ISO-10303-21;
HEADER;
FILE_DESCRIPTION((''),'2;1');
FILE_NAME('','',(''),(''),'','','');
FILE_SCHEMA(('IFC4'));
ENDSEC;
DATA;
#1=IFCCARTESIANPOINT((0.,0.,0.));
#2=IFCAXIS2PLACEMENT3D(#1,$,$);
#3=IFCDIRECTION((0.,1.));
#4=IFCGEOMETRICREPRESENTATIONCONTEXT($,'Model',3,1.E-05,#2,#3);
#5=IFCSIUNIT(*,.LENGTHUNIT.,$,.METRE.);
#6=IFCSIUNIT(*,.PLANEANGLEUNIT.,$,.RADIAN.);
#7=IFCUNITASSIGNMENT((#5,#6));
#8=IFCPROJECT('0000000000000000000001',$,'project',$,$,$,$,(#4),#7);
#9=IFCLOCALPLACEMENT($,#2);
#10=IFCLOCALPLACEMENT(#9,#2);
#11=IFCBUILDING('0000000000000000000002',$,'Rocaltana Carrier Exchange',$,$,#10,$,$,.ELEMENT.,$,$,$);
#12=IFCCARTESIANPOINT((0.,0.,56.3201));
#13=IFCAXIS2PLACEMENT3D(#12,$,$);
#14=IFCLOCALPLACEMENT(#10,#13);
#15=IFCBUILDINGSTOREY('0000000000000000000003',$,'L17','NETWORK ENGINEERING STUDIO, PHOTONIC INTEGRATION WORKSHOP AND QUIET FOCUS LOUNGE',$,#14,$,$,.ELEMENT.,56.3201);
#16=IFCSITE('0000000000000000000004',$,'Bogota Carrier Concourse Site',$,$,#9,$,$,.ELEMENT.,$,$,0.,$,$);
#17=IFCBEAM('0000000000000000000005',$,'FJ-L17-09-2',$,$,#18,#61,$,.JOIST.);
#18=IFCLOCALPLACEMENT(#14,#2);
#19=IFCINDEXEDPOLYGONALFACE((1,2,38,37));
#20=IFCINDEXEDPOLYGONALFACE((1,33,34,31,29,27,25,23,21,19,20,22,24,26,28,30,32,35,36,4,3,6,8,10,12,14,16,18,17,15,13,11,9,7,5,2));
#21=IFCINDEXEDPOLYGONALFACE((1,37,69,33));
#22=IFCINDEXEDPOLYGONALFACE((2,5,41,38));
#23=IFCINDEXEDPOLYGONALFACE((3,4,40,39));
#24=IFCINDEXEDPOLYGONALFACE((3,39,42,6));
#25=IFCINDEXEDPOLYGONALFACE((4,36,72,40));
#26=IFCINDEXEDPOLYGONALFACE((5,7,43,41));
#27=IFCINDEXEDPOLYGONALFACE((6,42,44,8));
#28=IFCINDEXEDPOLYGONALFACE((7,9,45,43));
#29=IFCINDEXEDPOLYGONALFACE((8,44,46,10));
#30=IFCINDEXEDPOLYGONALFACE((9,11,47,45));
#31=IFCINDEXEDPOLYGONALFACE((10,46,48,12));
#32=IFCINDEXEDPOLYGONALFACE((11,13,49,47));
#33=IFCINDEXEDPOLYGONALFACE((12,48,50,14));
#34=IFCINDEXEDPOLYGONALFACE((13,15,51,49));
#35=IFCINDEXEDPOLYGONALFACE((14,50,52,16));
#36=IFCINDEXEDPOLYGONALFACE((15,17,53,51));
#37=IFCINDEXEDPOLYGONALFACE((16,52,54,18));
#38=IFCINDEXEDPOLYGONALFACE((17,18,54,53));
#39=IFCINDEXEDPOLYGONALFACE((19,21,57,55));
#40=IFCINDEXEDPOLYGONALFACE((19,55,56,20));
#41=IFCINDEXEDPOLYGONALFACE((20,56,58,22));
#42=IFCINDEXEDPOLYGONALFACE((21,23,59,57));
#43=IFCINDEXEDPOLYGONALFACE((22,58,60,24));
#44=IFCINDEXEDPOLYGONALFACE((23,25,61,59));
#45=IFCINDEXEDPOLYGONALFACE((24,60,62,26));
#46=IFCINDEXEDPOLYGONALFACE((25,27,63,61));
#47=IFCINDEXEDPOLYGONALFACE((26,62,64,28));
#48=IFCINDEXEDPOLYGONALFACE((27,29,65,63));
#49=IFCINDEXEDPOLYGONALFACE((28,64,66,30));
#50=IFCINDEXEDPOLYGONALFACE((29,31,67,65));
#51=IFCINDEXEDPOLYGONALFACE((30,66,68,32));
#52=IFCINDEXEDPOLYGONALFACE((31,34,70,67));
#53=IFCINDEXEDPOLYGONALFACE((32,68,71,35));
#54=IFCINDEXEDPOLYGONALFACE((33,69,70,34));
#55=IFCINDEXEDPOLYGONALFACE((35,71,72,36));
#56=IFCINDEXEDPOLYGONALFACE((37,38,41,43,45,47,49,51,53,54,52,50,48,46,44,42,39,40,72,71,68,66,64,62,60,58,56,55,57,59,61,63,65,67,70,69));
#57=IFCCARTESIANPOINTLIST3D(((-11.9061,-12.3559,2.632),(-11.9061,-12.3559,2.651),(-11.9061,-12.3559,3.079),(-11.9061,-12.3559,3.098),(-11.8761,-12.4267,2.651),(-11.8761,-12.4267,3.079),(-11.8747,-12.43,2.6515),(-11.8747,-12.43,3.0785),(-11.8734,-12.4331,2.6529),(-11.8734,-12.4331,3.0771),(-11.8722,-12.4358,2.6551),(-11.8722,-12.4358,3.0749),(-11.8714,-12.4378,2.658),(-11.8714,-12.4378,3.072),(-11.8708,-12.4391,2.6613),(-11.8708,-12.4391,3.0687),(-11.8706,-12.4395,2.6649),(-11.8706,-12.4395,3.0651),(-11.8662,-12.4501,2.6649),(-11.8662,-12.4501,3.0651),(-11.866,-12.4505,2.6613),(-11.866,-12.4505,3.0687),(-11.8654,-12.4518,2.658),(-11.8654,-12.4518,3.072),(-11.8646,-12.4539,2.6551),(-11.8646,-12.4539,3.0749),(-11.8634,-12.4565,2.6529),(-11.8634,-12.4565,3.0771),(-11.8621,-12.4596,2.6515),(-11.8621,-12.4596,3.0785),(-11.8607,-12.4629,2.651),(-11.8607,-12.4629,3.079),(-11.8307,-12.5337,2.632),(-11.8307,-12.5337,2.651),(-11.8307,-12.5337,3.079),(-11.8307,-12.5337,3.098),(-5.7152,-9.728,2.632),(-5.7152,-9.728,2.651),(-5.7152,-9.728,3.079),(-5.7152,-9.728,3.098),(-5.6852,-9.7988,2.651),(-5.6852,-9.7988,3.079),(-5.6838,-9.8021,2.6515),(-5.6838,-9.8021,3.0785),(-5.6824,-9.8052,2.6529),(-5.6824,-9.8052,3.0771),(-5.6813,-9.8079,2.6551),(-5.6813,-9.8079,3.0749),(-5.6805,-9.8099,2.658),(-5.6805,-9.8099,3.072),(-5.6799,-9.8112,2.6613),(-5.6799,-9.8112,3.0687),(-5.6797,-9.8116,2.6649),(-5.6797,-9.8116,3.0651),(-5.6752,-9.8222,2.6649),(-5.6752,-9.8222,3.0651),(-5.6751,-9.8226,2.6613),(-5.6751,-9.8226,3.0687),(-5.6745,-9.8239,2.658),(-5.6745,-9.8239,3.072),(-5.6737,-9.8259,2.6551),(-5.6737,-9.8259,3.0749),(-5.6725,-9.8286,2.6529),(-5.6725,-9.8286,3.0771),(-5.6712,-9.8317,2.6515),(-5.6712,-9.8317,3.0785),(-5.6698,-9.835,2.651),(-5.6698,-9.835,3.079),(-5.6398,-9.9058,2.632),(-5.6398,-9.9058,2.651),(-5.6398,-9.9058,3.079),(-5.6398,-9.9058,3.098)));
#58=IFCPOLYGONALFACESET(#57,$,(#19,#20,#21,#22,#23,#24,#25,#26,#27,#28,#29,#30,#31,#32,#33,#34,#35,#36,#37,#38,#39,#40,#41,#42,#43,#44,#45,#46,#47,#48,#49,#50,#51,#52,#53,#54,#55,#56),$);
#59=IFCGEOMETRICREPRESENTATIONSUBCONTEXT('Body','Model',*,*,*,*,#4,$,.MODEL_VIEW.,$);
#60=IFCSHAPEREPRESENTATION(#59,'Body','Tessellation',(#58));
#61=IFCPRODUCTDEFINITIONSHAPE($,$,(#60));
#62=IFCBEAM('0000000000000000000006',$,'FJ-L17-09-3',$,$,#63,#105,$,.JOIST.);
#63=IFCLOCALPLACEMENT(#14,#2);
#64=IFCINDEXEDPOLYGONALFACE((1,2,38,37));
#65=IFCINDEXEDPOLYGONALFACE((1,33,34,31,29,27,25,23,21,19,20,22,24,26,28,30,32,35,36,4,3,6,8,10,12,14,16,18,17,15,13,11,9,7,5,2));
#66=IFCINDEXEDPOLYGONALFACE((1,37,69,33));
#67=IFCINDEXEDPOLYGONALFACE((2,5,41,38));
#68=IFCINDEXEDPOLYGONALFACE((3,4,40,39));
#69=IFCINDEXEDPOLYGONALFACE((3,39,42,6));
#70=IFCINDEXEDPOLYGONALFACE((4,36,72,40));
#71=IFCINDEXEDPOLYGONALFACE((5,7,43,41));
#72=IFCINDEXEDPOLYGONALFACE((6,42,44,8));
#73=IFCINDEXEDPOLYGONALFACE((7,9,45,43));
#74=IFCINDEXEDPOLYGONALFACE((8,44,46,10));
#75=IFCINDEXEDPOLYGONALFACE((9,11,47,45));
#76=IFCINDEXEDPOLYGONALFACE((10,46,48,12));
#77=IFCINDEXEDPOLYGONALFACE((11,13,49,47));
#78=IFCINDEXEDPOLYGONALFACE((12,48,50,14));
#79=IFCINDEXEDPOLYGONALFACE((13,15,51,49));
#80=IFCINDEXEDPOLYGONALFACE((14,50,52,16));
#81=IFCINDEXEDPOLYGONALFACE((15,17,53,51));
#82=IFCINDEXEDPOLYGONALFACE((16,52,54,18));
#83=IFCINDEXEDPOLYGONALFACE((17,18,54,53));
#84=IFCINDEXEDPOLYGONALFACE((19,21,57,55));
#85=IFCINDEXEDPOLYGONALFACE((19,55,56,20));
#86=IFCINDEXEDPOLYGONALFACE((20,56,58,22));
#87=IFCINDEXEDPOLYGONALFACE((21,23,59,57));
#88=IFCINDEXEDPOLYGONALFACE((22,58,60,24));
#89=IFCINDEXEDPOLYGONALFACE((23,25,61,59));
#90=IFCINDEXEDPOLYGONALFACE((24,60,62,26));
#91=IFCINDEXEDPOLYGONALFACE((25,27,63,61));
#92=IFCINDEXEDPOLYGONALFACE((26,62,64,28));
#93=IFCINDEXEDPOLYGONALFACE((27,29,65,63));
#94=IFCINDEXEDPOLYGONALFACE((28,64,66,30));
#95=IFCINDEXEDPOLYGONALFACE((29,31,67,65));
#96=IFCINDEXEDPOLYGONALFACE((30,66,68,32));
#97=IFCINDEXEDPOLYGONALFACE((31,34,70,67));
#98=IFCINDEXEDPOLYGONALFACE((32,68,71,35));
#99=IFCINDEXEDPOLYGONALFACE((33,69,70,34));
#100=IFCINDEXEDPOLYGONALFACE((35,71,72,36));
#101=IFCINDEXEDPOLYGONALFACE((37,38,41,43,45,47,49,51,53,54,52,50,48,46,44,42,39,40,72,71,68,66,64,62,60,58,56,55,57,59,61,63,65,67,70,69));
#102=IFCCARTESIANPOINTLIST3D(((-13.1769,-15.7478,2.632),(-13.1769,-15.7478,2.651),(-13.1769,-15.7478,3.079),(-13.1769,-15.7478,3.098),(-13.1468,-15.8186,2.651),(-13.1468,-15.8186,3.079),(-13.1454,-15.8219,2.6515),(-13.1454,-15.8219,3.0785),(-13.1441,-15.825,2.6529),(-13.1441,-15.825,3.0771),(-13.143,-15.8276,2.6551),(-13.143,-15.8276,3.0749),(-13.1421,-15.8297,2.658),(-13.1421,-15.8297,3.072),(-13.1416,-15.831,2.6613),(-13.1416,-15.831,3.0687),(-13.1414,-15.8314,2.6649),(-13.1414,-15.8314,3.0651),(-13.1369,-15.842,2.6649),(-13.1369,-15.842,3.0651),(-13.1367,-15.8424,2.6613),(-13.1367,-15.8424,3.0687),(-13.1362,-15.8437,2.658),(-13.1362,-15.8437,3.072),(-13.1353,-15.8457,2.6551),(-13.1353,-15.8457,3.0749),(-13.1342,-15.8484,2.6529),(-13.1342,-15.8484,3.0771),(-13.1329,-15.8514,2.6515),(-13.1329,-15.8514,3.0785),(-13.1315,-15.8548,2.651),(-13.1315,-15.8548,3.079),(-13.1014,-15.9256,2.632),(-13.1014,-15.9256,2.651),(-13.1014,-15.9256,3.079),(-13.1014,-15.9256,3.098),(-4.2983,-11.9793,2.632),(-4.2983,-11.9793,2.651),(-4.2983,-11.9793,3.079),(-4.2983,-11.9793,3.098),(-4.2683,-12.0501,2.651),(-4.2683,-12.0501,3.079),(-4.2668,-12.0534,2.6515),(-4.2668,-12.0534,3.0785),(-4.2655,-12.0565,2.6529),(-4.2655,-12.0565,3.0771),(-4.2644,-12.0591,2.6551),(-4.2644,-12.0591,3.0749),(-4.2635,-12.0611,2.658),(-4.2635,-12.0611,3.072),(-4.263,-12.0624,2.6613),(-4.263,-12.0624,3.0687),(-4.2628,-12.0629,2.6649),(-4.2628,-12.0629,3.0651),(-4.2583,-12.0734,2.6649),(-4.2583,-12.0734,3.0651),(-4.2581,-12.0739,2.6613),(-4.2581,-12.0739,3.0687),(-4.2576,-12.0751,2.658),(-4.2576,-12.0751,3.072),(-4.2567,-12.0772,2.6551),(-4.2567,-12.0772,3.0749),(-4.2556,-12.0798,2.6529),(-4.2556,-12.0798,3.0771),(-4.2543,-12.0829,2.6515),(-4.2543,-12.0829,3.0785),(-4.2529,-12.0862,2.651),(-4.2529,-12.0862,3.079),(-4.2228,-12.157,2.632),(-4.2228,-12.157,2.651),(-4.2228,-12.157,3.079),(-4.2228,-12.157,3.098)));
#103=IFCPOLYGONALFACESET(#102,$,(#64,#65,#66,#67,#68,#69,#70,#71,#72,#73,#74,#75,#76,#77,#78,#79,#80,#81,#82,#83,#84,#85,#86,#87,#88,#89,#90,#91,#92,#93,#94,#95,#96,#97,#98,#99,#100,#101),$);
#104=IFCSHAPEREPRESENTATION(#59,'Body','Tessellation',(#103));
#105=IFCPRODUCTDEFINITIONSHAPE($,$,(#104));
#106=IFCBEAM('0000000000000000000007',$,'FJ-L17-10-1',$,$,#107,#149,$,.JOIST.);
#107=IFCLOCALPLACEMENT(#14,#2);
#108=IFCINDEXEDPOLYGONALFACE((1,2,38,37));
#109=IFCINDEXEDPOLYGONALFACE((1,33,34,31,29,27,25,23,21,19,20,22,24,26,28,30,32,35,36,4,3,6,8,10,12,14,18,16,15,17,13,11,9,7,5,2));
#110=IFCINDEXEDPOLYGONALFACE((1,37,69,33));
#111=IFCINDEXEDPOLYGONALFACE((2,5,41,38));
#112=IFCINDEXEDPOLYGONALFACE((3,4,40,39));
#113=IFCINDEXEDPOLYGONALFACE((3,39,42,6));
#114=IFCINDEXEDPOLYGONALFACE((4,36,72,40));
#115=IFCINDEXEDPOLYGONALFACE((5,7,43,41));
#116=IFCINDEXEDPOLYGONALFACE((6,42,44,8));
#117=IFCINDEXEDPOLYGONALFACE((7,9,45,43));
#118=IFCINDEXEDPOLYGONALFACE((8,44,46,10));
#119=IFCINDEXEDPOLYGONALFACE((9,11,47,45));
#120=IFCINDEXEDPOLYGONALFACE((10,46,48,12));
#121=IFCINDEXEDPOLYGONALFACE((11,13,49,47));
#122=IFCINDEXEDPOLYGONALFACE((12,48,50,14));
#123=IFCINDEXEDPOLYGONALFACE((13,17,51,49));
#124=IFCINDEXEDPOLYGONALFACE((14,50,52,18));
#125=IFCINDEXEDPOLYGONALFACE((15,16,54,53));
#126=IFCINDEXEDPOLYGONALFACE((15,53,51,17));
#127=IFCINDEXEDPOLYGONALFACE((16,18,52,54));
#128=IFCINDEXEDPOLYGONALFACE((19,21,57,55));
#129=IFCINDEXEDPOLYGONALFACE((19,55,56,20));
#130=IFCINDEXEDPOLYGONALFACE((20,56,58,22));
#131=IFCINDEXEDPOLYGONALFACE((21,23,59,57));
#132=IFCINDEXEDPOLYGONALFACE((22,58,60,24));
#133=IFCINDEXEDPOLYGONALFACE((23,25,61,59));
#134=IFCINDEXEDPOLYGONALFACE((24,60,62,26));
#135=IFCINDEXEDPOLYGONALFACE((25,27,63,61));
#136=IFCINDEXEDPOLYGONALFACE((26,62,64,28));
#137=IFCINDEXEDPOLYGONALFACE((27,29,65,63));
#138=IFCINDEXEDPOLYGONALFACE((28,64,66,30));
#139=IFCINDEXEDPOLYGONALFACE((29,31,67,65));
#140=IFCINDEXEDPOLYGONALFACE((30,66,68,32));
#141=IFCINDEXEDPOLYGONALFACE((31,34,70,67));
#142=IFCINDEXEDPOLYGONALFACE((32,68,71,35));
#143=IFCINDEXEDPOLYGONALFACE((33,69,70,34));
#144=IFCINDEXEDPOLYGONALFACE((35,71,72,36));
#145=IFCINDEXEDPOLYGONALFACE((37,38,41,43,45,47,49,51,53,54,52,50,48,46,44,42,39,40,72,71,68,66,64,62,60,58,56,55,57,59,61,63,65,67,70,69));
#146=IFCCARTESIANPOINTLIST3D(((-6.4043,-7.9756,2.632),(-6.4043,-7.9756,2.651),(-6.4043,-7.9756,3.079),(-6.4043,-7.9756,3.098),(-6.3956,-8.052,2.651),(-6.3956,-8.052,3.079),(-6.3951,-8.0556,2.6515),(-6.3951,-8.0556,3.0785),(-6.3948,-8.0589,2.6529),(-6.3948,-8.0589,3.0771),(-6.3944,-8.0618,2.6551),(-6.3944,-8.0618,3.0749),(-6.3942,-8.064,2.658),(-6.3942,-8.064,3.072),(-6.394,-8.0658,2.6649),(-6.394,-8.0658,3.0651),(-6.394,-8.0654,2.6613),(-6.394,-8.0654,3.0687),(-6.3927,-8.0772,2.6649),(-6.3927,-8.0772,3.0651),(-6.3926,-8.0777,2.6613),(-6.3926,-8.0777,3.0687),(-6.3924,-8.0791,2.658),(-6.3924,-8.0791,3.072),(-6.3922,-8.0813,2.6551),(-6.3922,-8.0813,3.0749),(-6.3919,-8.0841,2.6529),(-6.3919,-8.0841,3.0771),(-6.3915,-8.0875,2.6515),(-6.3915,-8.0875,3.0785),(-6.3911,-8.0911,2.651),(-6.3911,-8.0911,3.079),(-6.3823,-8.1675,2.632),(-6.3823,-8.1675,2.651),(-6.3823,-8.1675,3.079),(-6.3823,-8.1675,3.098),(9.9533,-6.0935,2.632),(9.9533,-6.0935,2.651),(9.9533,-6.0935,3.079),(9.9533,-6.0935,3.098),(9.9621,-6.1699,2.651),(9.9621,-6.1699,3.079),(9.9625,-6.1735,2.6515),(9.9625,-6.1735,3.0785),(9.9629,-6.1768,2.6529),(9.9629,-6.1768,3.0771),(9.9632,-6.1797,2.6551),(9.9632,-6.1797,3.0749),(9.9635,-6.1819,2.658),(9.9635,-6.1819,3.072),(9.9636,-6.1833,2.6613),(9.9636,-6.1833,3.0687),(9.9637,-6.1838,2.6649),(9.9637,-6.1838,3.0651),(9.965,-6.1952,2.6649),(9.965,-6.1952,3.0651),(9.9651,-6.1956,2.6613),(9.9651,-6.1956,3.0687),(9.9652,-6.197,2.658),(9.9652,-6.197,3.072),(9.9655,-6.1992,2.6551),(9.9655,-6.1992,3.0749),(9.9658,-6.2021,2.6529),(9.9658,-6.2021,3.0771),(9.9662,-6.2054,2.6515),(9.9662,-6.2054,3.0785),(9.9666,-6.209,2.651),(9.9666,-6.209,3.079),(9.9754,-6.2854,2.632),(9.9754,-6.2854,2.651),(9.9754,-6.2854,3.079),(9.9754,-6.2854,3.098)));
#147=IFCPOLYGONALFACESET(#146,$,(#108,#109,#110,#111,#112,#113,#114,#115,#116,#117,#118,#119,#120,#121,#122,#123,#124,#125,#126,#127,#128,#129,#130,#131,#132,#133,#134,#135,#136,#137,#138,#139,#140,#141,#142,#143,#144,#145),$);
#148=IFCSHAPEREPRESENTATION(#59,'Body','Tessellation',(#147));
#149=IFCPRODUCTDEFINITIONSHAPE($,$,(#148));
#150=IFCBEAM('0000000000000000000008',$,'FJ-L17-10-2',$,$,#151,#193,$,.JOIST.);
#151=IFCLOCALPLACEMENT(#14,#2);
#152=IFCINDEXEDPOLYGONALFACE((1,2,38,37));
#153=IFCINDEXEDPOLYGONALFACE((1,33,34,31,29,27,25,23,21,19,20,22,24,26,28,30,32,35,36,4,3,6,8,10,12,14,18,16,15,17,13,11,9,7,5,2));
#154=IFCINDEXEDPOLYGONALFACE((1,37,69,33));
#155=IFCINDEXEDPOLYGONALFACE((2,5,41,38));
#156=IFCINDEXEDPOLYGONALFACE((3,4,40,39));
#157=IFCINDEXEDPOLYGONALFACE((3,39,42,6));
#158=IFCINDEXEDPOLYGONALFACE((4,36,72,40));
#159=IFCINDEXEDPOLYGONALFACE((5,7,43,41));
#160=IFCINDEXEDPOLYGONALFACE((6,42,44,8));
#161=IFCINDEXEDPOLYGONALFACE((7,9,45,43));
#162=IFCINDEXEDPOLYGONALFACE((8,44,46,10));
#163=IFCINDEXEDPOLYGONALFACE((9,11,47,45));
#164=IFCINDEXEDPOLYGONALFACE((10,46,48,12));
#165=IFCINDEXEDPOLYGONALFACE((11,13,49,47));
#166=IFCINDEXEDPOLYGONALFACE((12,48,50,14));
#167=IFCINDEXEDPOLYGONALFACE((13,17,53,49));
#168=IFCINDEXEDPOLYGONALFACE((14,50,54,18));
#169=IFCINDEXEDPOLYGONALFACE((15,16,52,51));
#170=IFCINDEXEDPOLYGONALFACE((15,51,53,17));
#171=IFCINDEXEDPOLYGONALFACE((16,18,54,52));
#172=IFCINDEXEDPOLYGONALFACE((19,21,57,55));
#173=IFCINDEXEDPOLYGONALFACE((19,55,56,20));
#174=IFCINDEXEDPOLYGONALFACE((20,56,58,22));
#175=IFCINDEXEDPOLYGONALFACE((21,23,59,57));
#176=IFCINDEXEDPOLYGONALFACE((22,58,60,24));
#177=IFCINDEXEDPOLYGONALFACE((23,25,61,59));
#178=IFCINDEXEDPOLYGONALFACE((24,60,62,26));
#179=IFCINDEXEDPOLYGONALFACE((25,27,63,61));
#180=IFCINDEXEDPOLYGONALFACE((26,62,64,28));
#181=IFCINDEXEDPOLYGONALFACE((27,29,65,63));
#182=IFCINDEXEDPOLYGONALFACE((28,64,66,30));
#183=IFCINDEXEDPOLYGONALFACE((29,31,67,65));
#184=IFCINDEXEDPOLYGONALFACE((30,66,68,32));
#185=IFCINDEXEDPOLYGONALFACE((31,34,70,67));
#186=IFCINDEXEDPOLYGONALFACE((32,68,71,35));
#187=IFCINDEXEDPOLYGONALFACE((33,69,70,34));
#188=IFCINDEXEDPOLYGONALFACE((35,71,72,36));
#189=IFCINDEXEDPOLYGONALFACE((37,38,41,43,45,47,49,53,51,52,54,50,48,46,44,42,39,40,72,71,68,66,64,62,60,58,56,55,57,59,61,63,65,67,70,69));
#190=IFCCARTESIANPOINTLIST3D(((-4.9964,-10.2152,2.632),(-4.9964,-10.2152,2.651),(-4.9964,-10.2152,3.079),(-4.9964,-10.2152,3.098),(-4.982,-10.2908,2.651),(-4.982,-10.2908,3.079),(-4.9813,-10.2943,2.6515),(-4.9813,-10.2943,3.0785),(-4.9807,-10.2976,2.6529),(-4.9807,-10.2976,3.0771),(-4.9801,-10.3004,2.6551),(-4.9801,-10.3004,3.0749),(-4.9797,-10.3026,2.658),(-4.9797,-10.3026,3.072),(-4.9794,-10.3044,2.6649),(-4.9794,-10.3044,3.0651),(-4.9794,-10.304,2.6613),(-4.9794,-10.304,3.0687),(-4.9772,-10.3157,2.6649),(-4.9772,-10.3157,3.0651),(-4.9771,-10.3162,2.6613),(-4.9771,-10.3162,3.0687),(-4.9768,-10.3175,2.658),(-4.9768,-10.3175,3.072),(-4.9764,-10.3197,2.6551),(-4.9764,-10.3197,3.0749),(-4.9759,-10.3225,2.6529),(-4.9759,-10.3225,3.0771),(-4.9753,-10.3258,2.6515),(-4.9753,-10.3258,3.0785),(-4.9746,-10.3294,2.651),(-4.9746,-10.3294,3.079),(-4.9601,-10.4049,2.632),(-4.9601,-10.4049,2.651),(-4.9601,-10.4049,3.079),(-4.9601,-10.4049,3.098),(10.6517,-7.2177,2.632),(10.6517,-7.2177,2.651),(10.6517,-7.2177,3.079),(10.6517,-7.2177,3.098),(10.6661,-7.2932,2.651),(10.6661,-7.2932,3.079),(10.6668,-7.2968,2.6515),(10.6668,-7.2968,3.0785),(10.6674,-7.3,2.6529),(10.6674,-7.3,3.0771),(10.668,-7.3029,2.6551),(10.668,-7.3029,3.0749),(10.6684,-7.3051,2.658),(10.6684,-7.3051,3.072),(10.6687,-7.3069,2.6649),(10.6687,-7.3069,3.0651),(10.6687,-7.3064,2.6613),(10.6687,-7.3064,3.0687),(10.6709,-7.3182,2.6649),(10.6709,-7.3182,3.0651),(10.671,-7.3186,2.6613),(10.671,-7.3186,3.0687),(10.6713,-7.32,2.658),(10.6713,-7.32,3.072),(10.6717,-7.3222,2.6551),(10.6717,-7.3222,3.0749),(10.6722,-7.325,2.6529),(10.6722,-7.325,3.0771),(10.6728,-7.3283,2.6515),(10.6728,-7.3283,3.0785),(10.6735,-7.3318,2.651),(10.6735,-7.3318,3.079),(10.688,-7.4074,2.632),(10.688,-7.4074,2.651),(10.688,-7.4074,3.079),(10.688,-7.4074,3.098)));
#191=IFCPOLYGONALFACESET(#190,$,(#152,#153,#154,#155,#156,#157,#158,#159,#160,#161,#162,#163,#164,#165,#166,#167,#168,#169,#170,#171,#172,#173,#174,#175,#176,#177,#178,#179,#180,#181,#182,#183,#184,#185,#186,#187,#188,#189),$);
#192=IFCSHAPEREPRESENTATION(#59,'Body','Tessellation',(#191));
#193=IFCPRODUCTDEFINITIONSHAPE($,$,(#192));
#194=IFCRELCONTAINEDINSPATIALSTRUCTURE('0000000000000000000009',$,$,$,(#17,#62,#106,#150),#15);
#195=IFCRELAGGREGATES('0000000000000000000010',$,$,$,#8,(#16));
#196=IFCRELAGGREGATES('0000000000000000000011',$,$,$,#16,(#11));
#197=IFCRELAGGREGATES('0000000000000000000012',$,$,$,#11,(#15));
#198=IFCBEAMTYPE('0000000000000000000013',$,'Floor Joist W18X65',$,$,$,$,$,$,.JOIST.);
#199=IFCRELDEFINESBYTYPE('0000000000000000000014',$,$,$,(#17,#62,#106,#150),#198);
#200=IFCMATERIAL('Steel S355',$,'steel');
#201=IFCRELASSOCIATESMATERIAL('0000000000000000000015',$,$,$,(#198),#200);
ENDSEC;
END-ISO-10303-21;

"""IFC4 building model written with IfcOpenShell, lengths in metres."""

from ifc_helpers import new_model, si_unit, direction, frame, origin, origin_2d, place, context, subcontext, project, spatial, i_section, extrude, material, material_profile, profile_set, type_object, element, save


model = new_model("IFC4")

# Units and contexts
model_context = context("Model", 3, precision=1e-05, world=origin(), true_north=direction((0.0, 1.0)))
body_context = subcontext(model_context, "Body", "Model", "MODEL_VIEW")
ifc_project = project(units=[si_unit("LENGTHUNIT", "METRE"), si_unit("PLANEANGLEUNIT", "RADIAN")], contexts=[model_context])

# Site, building, storey
site_placement = place(None, origin())
site = spatial("IfcSite", under=ifc_project, at=site_placement, Name="Bogota Carrier Concourse Site", CompositionType="ELEMENT", RefElevation=0.0)
building_placement = place(site_placement, origin())
building = spatial("IfcBuilding", under=site, at=building_placement, Name="Rocaltana Carrier Exchange", CompositionType="ELEMENT")
storey_placement = place(building_placement, frame((0.0, 0.0, 56.3201)))
storey = spatial("IfcBuildingStorey", under=building, at=storey_placement, Name="L17", Description="NETWORK ENGINEERING STUDIO, PHOTONIC INTEGRATION WORKSHOP AND QUIET FOCUS LOUNGE", CompositionType="ELEMENT", Elevation=56.3201)

# Beams
ifc_material_1 = material(Name="Steel S355", Category="steel")
ifc_material_profile_1 = material_profile(ifc_material_1, i_section(OverallWidth=0.1931, OverallDepth=0.4661, WebThickness=0.0115, FlangeThickness=0.019, FilletRadius=0.0139, at=origin_2d()), Name="W18X65")
ifc_profile_set_1 = profile_set([ifc_material_profile_1], Name="Steel S355")
beam_type = type_object("IfcBeamType", Name="Floor Joist W18X65", PredefinedType="JOIST", material=ifc_profile_set_1)
beam_1_placement = place(storey_placement, frame((-11.8684, -12.4448, 2.865), z_axis=(0.920503, 0.390736, 0.0), x_axis=(-0.390736, 0.920503, 0.0)))
element("IfcBeam", 1, at=beam_1_placement, inside=storey, type_object=beam_type, Name="FJ-L17-09-2", PredefinedType="JOIST", context=body_context, shape_type="SweptSolid", body=[
    extrude(i_section(OverallWidth=0.1931, OverallDepth=0.4661, WebThickness=0.0115, FlangeThickness=0.019, FilletRadius=0.0139, at=origin_2d()), origin(), (0.0, 0.0, 1.0), 6.7256),
])
beam_2_placement = place(storey_placement, frame((-13.1392, -15.8367, 2.865), z_axis=(0.920513, 0.390712, 0.0), x_axis=(-0.390712, 0.920513, 0.0)))
element("IfcBeam", 2, at=beam_2_placement, inside=storey, type_object=beam_type, Name="FJ-L17-09-3", PredefinedType="JOIST", context=body_context, shape_type="SweptSolid", body=[
    extrude(i_section(OverallWidth=0.1931, OverallDepth=0.4661, WebThickness=0.0115, FlangeThickness=0.019, FilletRadius=0.0139, at=origin_2d()), origin(), (0.0, 0.0, 1.0), 9.6453),
])
beam_3_placement = place(storey_placement, frame((-6.3933, -8.0715, 2.865), z_axis=(0.993446, 0.114304, 0.0), x_axis=(-0.114304, 0.993446, 0.0)))
element("IfcBeam", 3, at=beam_3_placement, inside=storey, type_object=beam_type, Name="FJ-L17-10-1", PredefinedType="JOIST", context=body_context, shape_type="SweptSolid", body=[
    extrude(i_section(OverallWidth=0.1931, OverallDepth=0.4661, WebThickness=0.0115, FlangeThickness=0.019, FilletRadius=0.0139, at=origin_2d()), origin(), (0.0, 0.0, 1.0), 16.4656),
])
beam_4_placement = place(storey_placement, frame((-4.9783, -10.3101, 2.865), z_axis=(0.982142, 0.188139, 0.0), x_axis=(-0.188139, 0.982142, 0.0)))
element("IfcBeam", 4, at=beam_4_placement, inside=storey, type_object=beam_type, Name="FJ-L17-10-2", PredefinedType="JOIST", context=body_context, shape_type="SweptSolid", body=[
    extrude(i_section(OverallWidth=0.1931, OverallDepth=0.4661, WebThickness=0.0115, FlangeThickness=0.019, FilletRadius=0.0139, at=origin_2d()), origin(), (0.0, 0.0, 1.0), 15.9326),
])

save(model, "model.ifc")
